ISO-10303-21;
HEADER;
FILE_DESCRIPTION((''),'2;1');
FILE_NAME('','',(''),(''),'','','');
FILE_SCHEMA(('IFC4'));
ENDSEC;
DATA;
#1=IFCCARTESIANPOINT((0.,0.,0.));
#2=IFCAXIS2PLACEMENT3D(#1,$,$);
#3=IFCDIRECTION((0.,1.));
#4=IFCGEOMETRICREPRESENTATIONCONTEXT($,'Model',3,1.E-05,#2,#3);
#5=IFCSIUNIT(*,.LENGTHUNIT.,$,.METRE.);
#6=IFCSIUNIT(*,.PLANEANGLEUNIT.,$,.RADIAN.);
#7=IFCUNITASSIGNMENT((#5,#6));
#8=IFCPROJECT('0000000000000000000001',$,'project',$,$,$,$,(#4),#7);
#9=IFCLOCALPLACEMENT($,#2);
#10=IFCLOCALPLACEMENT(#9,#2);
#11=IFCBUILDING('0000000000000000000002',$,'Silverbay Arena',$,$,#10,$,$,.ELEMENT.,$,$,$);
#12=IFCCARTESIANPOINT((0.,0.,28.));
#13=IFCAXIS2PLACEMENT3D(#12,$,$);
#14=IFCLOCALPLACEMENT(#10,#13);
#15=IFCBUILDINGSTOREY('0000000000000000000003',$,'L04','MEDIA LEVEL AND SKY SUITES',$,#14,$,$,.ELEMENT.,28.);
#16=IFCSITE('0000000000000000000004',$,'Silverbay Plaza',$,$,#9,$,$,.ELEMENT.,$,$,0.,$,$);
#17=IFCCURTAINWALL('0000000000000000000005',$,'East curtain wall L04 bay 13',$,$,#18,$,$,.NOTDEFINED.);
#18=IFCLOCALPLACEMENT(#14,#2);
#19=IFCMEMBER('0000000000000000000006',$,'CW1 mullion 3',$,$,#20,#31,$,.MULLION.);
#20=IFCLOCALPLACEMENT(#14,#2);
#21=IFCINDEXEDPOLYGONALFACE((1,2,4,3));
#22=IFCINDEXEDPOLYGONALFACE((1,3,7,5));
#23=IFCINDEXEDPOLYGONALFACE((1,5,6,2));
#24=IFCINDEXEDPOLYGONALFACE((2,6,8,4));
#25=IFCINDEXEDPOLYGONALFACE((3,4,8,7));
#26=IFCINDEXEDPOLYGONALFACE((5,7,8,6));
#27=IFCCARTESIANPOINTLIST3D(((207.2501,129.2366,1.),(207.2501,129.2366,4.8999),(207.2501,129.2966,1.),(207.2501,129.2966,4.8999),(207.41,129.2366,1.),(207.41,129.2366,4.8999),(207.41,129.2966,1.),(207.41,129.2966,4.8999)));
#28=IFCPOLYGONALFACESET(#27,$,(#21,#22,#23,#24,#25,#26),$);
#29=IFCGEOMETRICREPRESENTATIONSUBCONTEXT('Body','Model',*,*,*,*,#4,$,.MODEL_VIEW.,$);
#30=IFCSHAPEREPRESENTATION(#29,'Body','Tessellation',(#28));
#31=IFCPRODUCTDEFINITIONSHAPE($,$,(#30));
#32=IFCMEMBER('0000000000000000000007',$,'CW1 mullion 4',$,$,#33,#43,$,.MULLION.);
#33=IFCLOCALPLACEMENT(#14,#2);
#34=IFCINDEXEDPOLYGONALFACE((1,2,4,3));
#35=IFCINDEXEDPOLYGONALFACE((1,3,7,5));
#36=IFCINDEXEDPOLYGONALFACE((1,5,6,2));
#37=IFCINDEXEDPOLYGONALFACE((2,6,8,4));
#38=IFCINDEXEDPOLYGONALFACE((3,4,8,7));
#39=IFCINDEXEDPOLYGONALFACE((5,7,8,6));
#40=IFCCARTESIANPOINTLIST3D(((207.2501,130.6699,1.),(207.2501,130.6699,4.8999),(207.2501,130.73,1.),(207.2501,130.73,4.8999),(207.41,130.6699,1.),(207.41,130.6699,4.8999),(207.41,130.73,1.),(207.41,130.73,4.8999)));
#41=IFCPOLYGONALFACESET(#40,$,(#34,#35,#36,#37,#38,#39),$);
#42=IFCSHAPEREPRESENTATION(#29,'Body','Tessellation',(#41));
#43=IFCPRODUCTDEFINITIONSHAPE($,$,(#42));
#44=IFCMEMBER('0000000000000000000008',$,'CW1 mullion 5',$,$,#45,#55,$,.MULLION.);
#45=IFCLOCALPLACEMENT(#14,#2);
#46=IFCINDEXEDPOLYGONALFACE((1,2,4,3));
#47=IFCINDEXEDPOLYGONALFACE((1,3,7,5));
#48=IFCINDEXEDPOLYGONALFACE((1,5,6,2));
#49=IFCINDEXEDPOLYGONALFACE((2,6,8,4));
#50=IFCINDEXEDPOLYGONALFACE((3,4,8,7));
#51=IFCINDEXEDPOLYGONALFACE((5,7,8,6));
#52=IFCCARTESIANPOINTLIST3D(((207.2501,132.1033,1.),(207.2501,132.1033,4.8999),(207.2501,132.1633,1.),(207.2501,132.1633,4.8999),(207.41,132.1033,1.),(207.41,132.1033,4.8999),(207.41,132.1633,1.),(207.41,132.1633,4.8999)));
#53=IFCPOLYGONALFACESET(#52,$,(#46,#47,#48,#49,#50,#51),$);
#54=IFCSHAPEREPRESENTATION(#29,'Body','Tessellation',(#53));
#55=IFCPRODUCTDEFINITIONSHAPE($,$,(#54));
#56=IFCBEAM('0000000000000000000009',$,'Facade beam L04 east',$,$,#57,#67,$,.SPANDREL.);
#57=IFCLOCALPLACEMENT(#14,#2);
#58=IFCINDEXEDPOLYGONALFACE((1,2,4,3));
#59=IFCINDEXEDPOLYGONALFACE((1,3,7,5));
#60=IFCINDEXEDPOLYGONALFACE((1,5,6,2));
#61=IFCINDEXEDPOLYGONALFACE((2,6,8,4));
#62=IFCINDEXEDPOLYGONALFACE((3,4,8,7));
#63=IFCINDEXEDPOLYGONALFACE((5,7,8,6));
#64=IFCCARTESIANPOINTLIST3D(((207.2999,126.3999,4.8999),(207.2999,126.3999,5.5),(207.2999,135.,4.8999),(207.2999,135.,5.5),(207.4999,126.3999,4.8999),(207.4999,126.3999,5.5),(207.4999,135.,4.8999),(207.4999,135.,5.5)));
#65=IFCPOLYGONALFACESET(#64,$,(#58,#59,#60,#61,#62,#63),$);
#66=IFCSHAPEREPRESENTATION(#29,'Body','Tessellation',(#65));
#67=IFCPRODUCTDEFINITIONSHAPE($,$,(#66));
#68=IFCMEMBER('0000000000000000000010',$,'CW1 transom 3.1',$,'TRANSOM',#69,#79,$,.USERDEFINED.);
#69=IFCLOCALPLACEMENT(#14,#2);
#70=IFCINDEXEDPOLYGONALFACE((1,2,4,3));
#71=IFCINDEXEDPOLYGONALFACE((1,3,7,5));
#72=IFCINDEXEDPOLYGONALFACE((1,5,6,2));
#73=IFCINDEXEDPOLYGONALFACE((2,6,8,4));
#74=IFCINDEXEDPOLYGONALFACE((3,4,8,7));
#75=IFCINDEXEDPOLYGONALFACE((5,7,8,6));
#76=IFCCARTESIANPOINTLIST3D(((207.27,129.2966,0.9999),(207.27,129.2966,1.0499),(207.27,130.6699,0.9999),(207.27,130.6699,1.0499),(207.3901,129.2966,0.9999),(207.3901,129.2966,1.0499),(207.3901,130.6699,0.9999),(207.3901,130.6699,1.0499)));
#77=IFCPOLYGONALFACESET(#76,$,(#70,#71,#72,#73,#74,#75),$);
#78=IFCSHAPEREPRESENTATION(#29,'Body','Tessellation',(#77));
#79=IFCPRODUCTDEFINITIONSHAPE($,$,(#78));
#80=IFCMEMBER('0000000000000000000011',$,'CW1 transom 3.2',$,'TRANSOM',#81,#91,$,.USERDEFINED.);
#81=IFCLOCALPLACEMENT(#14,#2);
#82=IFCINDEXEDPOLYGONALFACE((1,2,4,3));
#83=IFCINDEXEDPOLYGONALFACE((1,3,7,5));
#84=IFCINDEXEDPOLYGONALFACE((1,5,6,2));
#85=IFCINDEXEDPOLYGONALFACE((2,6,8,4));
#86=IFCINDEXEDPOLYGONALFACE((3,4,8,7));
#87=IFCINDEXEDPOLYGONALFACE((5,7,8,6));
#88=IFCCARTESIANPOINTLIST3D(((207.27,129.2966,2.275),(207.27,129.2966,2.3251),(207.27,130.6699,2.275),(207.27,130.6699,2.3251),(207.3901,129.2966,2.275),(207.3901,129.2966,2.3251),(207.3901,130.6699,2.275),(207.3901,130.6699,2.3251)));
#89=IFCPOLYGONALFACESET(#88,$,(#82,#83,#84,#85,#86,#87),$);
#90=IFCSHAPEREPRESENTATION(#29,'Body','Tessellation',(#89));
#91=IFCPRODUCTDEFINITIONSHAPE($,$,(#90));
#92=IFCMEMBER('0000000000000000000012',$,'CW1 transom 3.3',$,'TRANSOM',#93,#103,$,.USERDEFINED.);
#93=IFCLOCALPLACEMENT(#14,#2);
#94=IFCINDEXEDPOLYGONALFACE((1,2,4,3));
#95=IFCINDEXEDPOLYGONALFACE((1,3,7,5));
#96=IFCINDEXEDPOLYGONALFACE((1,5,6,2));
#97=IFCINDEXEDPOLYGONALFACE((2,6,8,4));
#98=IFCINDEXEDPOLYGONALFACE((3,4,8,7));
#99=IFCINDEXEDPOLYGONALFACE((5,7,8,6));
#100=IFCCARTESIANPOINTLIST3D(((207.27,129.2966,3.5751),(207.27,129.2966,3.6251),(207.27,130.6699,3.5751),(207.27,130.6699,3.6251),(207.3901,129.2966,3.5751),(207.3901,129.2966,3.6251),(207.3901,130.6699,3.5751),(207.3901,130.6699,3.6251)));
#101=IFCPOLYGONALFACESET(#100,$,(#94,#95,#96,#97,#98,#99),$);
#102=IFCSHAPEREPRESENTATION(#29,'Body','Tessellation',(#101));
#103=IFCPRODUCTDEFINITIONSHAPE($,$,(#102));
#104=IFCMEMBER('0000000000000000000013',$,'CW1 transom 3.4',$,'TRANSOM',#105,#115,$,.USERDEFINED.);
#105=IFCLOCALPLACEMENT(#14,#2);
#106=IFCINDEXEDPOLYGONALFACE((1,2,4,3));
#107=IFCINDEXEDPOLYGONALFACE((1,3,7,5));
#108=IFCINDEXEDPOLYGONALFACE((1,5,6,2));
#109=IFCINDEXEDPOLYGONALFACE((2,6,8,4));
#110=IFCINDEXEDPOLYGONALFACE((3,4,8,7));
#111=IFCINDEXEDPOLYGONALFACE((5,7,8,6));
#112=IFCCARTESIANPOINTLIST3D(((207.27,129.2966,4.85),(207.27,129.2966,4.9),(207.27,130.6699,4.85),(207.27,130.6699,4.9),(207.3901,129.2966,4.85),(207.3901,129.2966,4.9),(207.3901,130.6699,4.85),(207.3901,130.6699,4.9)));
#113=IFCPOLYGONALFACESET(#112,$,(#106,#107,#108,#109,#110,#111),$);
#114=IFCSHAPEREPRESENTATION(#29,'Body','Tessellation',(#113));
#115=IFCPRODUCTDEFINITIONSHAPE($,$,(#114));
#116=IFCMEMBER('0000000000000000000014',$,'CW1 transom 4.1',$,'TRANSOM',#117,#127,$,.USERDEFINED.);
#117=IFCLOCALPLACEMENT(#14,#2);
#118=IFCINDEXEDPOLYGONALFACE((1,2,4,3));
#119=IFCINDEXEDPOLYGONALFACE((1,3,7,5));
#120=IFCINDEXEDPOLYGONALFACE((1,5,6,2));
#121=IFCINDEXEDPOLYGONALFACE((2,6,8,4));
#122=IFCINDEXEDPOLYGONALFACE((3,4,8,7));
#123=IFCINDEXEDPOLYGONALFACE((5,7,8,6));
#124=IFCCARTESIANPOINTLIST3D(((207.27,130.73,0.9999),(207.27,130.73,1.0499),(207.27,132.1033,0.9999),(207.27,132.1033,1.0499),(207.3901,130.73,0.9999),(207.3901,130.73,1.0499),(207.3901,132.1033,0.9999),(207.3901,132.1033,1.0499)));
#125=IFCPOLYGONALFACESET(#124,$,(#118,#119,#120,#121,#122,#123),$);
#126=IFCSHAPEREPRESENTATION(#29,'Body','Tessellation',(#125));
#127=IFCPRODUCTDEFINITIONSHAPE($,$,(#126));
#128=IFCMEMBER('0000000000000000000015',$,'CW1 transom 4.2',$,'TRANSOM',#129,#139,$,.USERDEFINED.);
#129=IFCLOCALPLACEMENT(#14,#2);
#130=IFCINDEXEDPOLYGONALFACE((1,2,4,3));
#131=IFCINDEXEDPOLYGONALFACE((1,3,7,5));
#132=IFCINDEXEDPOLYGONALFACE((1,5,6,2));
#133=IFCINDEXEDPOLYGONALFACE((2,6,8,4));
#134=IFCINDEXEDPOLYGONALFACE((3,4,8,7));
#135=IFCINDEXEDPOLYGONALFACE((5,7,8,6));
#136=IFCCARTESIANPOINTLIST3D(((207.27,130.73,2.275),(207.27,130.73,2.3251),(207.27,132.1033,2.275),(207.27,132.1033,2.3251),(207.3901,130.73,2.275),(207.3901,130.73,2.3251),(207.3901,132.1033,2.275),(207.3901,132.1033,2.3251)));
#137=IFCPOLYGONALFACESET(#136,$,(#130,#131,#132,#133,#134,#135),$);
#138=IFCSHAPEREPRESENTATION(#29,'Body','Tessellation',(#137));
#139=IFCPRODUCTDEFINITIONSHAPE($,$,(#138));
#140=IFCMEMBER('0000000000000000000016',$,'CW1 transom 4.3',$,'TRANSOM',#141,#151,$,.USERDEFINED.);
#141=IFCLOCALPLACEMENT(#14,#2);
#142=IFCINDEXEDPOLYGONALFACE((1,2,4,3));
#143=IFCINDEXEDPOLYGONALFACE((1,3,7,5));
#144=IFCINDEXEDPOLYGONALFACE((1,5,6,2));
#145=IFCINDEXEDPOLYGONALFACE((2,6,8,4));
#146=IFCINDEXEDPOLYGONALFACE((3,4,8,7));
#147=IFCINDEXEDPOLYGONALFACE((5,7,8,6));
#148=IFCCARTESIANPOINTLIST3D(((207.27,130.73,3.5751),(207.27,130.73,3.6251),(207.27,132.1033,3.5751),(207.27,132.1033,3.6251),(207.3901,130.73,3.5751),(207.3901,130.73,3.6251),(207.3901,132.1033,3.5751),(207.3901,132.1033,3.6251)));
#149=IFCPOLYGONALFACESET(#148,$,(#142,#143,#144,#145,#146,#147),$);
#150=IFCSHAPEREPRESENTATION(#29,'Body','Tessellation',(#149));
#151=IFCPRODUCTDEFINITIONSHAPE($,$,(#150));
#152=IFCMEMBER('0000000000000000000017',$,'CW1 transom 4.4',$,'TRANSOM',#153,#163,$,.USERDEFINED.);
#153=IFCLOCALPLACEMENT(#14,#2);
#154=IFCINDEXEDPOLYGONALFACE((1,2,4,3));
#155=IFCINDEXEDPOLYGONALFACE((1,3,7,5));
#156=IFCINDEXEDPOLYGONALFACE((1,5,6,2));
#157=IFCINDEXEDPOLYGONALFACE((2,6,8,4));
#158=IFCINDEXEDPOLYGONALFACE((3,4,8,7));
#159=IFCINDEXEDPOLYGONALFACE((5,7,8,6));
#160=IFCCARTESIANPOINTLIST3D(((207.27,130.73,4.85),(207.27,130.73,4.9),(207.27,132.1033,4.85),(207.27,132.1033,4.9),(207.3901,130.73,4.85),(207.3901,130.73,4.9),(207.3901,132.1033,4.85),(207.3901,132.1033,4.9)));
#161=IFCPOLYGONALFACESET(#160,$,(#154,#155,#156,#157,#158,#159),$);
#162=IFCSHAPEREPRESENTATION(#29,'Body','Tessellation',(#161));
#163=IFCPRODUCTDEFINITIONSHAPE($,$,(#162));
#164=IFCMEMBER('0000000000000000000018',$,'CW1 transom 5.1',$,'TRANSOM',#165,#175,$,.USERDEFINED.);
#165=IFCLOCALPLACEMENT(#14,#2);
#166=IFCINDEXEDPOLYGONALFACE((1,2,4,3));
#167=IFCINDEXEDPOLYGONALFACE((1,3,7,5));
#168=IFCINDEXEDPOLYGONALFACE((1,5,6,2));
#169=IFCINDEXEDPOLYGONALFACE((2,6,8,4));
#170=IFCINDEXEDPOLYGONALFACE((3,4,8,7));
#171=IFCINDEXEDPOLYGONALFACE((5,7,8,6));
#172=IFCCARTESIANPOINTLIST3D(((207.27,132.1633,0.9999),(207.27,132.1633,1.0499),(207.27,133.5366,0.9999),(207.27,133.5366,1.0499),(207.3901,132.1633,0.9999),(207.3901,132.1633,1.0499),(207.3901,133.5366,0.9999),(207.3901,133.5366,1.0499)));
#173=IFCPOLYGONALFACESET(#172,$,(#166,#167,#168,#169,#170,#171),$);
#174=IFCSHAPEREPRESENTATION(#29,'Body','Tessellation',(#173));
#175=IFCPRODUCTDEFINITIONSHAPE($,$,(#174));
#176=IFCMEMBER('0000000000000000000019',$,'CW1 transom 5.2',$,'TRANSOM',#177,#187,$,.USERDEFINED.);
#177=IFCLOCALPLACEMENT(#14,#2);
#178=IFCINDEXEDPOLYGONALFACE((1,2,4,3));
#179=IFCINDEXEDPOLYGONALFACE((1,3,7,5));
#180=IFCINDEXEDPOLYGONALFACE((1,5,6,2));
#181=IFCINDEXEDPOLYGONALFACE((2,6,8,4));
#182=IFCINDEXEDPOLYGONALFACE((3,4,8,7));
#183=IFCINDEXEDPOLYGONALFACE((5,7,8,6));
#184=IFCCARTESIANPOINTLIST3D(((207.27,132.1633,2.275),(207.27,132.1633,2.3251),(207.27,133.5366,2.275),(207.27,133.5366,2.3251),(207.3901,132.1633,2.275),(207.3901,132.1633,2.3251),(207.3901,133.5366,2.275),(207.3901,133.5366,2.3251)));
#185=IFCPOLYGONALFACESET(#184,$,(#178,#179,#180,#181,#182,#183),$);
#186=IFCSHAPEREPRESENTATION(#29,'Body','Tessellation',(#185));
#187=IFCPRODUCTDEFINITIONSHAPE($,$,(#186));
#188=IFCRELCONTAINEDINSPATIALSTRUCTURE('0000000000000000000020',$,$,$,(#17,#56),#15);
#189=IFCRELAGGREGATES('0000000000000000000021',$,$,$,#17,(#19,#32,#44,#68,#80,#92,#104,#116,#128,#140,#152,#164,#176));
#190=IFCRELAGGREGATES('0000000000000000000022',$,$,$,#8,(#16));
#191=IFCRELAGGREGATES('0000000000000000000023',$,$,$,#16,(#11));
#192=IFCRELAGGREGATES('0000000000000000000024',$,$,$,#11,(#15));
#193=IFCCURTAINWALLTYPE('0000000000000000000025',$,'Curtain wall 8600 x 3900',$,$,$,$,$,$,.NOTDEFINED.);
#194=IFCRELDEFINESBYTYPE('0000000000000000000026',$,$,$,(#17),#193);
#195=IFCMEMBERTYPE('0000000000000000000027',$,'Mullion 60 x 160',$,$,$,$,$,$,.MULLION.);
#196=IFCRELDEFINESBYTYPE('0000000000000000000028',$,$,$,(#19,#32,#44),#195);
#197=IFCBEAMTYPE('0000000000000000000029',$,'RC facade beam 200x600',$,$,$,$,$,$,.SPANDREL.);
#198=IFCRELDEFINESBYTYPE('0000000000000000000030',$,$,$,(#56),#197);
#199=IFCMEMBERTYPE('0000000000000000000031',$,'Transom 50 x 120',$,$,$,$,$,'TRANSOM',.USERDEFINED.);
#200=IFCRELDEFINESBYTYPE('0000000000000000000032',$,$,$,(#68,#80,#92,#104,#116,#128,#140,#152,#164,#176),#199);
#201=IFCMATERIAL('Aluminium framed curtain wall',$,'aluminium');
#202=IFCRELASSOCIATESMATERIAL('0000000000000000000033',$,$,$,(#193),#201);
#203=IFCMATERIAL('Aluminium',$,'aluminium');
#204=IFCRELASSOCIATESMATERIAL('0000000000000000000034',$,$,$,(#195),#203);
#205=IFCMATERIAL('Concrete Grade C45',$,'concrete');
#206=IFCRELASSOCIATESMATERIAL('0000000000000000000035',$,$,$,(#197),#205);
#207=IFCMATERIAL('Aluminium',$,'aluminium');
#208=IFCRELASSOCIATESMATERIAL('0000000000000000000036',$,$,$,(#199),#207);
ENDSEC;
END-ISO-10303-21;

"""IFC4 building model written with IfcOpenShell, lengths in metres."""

from ifc_helpers import new_model, si_unit, direction, frame, origin, origin_2d, place, context, subcontext, project, spatial, rectangle, extrude, material, material_profile, profile_set, type_object, element, aggregate, save


model = new_model("IFC4")

# Units and contexts
model_context = context("Model", 3, precision=1e-05, world=origin(), true_north=direction((0.0, 1.0)))
body_context = subcontext(model_context, "Body", "Model", "MODEL_VIEW")
ifc_project = project(units=[si_unit("LENGTHUNIT", "METRE"), si_unit("PLANEANGLEUNIT", "RADIAN")], contexts=[model_context])

# Site, building, storey
site_placement = place(None, origin())
site = spatial("IfcSite", under=ifc_project, at=site_placement, Name="Silverbay Plaza", CompositionType="ELEMENT", RefElevation=0.0)
building_placement = place(site_placement, origin())
building = spatial("IfcBuilding", under=site, at=building_placement, Name="Silverbay Arena", CompositionType="ELEMENT")
storey_placement = place(building_placement, frame((0.0, 0.0, 28.0)))
storey = spatial("IfcBuildingStorey", under=building, at=storey_placement, Name="L04", Description="MEDIA LEVEL AND SKY SUITES", CompositionType="ELEMENT", Elevation=28.0)

# Curtain wall, members
ifc_material_1 = material(Name="Aluminium framed curtain wall", Category="aluminium")
curtain_wall_type = type_object("IfcCurtainWallType", Name="Curtain wall 8600 x 3900", PredefinedType="NOTDEFINED", material=ifc_material_1)
curtain_wall_placement = place(storey_placement, origin())
curtain_wall = element("IfcCurtainWall", 1, at=curtain_wall_placement, inside=storey, type_object=curtain_wall_type, Name="East curtain wall L04 bay 13", PredefinedType="NOTDEFINED")
ifc_material_2 = material(Name="Aluminium", Category="aluminium")
ifc_material_profile_1 = material_profile(ifc_material_2, rectangle(XDim=0.1599, YDim=0.0601, at=origin_2d()), Name="Mullion 60 x 160")
ifc_profile_set_1 = profile_set([ifc_material_profile_1], Name="Aluminium")
member_type_1 = type_object("IfcMemberType", Name="Mullion 60 x 160", PredefinedType="MULLION", material=ifc_profile_set_1)
member_1_placement = place(storey_placement, frame((207.3301, 129.2666, 1.0), z_axis=(0.0, 0.0, 1.0), x_axis=(-1.0, 0.0, 0.0)))
member_1 = element("IfcMember", 2, at=member_1_placement, type_object=member_type_1, Name="CW1 mullion 3", PredefinedType="MULLION", context=body_context, shape_type="SweptSolid", body=[
    extrude(rectangle(XDim=0.1599, YDim=0.0601, at=origin_2d()), origin(), (0.0, 0.0, 1.0), 3.8999),
])
member_2_placement = place(storey_placement, frame((207.3301, 130.7, 1.0), z_axis=(0.0, 0.0, 1.0), x_axis=(-1.0, 0.0, 0.0)))
member_2 = element("IfcMember", 3, at=member_2_placement, type_object=member_type_1, Name="CW1 mullion 4", PredefinedType="MULLION", context=body_context, shape_type="SweptSolid", body=[
    extrude(rectangle(XDim=0.1599, YDim=0.0601, at=origin_2d()), origin(), (0.0, 0.0, 1.0), 3.8999),
])
member_3_placement = place(storey_placement, frame((207.3301, 132.1333, 1.0), z_axis=(0.0, 0.0, 1.0), x_axis=(-1.0, 0.0, 0.0)))
member_3 = element("IfcMember", 4, at=member_3_placement, type_object=member_type_1, Name="CW1 mullion 5", PredefinedType="MULLION", context=body_context, shape_type="SweptSolid", body=[
    extrude(rectangle(XDim=0.1599, YDim=0.0601, at=origin_2d()), origin(), (0.0, 0.0, 1.0), 3.8999),
])

# Beam
ifc_material_3 = material(Name="Concrete Grade C45", Category="concrete")
ifc_material_profile_2 = material_profile(ifc_material_3, rectangle(XDim=0.2, YDim=0.6001, at=origin_2d()), Name="RC 200x600")
ifc_profile_set_2 = profile_set([ifc_material_profile_2], Name="Concrete Grade C45")
beam_type = type_object("IfcBeamType", Name="RC facade beam 200x600", PredefinedType="SPANDREL", material=ifc_profile_set_2)
beam_placement = place(storey_placement, frame((207.3999, 126.3999, 5.2), z_axis=(0.0, 1.0, 0.0), x_axis=(-1.0, 0.0, 0.0)))
element("IfcBeam", 5, at=beam_placement, inside=storey, type_object=beam_type, Name="Facade beam L04 east", PredefinedType="SPANDREL", context=body_context, shape_type="SweptSolid", body=[
    extrude(rectangle(XDim=0.2, YDim=0.6001, at=origin_2d()), origin(), (0.0, 0.0, 1.0), 8.6001),
])

# Members
ifc_material_4 = material(Name="Aluminium", Category="aluminium")
ifc_material_profile_3 = material_profile(ifc_material_4, rectangle(XDim=0.1201, YDim=0.05, at=origin_2d()), Name="Transom 50 x 120")
ifc_profile_set_3 = profile_set([ifc_material_profile_3], Name="Aluminium")
member_type_2 = type_object("IfcMemberType", Name="Transom 50 x 120", ElementType="TRANSOM", PredefinedType="USERDEFINED", material=ifc_profile_set_3)
member_4_placement = place(storey_placement, frame((207.3301, 129.2966, 1.0249), z_axis=(0.0, 1.0, 0.0), x_axis=(-1.0, 0.0, 0.0)))
member_4 = element("IfcMember", 6, at=member_4_placement, type_object=member_type_2, Name="CW1 transom 3.1", ObjectType="TRANSOM", PredefinedType="USERDEFINED", context=body_context, shape_type="SweptSolid", body=[
    extrude(rectangle(XDim=0.1201, YDim=0.05, at=origin_2d()), origin(), (0.0, 0.0, 1.0), 1.3733),
])
member_5_placement = place(storey_placement, frame((207.3301, 129.2966, 2.3), z_axis=(0.0, 1.0, 0.0), x_axis=(-1.0, 0.0, 0.0)))
member_5 = element("IfcMember", 7, at=member_5_placement, type_object=member_type_2, Name="CW1 transom 3.2", ObjectType="TRANSOM", PredefinedType="USERDEFINED", context=body_context, shape_type="SweptSolid", body=[
    extrude(rectangle(XDim=0.1201, YDim=0.05, at=origin_2d()), origin(), (0.0, 0.0, 1.0), 1.3733),
])
member_6_placement = place(storey_placement, frame((207.3301, 129.2966, 3.6001), z_axis=(0.0, 1.0, 0.0), x_axis=(-1.0, 0.0, 0.0)))
member_6 = element("IfcMember", 8, at=member_6_placement, type_object=member_type_2, Name="CW1 transom 3.3", ObjectType="TRANSOM", PredefinedType="USERDEFINED", context=body_context, shape_type="SweptSolid", body=[
    extrude(rectangle(XDim=0.1201, YDim=0.05, at=origin_2d()), origin(), (0.0, 0.0, 1.0), 1.3733),
])
member_7_placement = place(storey_placement, frame((207.3301, 129.2966, 4.875), z_axis=(0.0, 1.0, 0.0), x_axis=(-1.0, 0.0, 0.0)))
member_7 = element("IfcMember", 9, at=member_7_placement, type_object=member_type_2, Name="CW1 transom 3.4", ObjectType="TRANSOM", PredefinedType="USERDEFINED", context=body_context, shape_type="SweptSolid", body=[
    extrude(rectangle(XDim=0.1201, YDim=0.05, at=origin_2d()), origin(), (0.0, 0.0, 1.0), 1.3733),
])
member_8_placement = place(storey_placement, frame((207.3301, 130.73, 1.0249), z_axis=(0.0, 1.0, 0.0), x_axis=(-1.0, 0.0, 0.0)))
member_8 = element("IfcMember", 10, at=member_8_placement, type_object=member_type_2, Name="CW1 transom 4.1", ObjectType="TRANSOM", PredefinedType="USERDEFINED", context=body_context, shape_type="SweptSolid", body=[
    extrude(rectangle(XDim=0.1201, YDim=0.05, at=origin_2d()), origin(), (0.0, 0.0, 1.0), 1.3733),
])
member_9_placement = place(storey_placement, frame((207.3301, 130.73, 2.3), z_axis=(0.0, 1.0, 0.0), x_axis=(-1.0, 0.0, 0.0)))
member_9 = element("IfcMember", 11, at=member_9_placement, type_object=member_type_2, Name="CW1 transom 4.2", ObjectType="TRANSOM", PredefinedType="USERDEFINED", context=body_context, shape_type="SweptSolid", body=[
    extrude(rectangle(XDim=0.1201, YDim=0.05, at=origin_2d()), origin(), (0.0, 0.0, 1.0), 1.3733),
])
member_10_placement = place(storey_placement, frame((207.3301, 130.73, 3.6001), z_axis=(0.0, 1.0, 0.0), x_axis=(-1.0, 0.0, 0.0)))
member_10 = element("IfcMember", 12, at=member_10_placement, type_object=member_type_2, Name="CW1 transom 4.3", ObjectType="TRANSOM", PredefinedType="USERDEFINED", context=body_context, shape_type="SweptSolid", body=[
    extrude(rectangle(XDim=0.1201, YDim=0.05, at=origin_2d()), origin(), (0.0, 0.0, 1.0), 1.3733),
])
member_11_placement = place(storey_placement, frame((207.3301, 130.73, 4.875), z_axis=(0.0, 1.0, 0.0), x_axis=(-1.0, 0.0, 0.0)))
member_11 = element("IfcMember", 13, at=member_11_placement, type_object=member_type_2, Name="CW1 transom 4.4", ObjectType="TRANSOM", PredefinedType="USERDEFINED", context=body_context, shape_type="SweptSolid", body=[
    extrude(rectangle(XDim=0.1201, YDim=0.05, at=origin_2d()), origin(), (0.0, 0.0, 1.0), 1.3733),
])
member_12_placement = place(storey_placement, frame((207.3301, 132.1633, 1.0249), z_axis=(0.0, 1.0, 0.0), x_axis=(-1.0, 0.0, 0.0)))
member_12 = element("IfcMember", 14, at=member_12_placement, type_object=member_type_2, Name="CW1 transom 5.1", ObjectType="TRANSOM", PredefinedType="USERDEFINED", context=body_context, shape_type="SweptSolid", body=[
    extrude(rectangle(XDim=0.1201, YDim=0.05, at=origin_2d()), origin(), (0.0, 0.0, 1.0), 1.3733),
])
member_13_placement = place(storey_placement, frame((207.3301, 132.1633, 2.3), z_axis=(0.0, 1.0, 0.0), x_axis=(-1.0, 0.0, 0.0)))
member_13 = element("IfcMember", 15, at=member_13_placement, type_object=member_type_2, Name="CW1 transom 5.2", ObjectType="TRANSOM", PredefinedType="USERDEFINED", context=body_context, shape_type="SweptSolid", body=[
    extrude(rectangle(XDim=0.1201, YDim=0.05, at=origin_2d()), origin(), (0.0, 0.0, 1.0), 1.3733),
])

aggregate(curtain_wall, [member_1, member_2, member_3, member_4, member_5, member_6, member_7, member_8, member_9, member_10, member_11, member_12, member_13])

save(model, "model.ifc")
